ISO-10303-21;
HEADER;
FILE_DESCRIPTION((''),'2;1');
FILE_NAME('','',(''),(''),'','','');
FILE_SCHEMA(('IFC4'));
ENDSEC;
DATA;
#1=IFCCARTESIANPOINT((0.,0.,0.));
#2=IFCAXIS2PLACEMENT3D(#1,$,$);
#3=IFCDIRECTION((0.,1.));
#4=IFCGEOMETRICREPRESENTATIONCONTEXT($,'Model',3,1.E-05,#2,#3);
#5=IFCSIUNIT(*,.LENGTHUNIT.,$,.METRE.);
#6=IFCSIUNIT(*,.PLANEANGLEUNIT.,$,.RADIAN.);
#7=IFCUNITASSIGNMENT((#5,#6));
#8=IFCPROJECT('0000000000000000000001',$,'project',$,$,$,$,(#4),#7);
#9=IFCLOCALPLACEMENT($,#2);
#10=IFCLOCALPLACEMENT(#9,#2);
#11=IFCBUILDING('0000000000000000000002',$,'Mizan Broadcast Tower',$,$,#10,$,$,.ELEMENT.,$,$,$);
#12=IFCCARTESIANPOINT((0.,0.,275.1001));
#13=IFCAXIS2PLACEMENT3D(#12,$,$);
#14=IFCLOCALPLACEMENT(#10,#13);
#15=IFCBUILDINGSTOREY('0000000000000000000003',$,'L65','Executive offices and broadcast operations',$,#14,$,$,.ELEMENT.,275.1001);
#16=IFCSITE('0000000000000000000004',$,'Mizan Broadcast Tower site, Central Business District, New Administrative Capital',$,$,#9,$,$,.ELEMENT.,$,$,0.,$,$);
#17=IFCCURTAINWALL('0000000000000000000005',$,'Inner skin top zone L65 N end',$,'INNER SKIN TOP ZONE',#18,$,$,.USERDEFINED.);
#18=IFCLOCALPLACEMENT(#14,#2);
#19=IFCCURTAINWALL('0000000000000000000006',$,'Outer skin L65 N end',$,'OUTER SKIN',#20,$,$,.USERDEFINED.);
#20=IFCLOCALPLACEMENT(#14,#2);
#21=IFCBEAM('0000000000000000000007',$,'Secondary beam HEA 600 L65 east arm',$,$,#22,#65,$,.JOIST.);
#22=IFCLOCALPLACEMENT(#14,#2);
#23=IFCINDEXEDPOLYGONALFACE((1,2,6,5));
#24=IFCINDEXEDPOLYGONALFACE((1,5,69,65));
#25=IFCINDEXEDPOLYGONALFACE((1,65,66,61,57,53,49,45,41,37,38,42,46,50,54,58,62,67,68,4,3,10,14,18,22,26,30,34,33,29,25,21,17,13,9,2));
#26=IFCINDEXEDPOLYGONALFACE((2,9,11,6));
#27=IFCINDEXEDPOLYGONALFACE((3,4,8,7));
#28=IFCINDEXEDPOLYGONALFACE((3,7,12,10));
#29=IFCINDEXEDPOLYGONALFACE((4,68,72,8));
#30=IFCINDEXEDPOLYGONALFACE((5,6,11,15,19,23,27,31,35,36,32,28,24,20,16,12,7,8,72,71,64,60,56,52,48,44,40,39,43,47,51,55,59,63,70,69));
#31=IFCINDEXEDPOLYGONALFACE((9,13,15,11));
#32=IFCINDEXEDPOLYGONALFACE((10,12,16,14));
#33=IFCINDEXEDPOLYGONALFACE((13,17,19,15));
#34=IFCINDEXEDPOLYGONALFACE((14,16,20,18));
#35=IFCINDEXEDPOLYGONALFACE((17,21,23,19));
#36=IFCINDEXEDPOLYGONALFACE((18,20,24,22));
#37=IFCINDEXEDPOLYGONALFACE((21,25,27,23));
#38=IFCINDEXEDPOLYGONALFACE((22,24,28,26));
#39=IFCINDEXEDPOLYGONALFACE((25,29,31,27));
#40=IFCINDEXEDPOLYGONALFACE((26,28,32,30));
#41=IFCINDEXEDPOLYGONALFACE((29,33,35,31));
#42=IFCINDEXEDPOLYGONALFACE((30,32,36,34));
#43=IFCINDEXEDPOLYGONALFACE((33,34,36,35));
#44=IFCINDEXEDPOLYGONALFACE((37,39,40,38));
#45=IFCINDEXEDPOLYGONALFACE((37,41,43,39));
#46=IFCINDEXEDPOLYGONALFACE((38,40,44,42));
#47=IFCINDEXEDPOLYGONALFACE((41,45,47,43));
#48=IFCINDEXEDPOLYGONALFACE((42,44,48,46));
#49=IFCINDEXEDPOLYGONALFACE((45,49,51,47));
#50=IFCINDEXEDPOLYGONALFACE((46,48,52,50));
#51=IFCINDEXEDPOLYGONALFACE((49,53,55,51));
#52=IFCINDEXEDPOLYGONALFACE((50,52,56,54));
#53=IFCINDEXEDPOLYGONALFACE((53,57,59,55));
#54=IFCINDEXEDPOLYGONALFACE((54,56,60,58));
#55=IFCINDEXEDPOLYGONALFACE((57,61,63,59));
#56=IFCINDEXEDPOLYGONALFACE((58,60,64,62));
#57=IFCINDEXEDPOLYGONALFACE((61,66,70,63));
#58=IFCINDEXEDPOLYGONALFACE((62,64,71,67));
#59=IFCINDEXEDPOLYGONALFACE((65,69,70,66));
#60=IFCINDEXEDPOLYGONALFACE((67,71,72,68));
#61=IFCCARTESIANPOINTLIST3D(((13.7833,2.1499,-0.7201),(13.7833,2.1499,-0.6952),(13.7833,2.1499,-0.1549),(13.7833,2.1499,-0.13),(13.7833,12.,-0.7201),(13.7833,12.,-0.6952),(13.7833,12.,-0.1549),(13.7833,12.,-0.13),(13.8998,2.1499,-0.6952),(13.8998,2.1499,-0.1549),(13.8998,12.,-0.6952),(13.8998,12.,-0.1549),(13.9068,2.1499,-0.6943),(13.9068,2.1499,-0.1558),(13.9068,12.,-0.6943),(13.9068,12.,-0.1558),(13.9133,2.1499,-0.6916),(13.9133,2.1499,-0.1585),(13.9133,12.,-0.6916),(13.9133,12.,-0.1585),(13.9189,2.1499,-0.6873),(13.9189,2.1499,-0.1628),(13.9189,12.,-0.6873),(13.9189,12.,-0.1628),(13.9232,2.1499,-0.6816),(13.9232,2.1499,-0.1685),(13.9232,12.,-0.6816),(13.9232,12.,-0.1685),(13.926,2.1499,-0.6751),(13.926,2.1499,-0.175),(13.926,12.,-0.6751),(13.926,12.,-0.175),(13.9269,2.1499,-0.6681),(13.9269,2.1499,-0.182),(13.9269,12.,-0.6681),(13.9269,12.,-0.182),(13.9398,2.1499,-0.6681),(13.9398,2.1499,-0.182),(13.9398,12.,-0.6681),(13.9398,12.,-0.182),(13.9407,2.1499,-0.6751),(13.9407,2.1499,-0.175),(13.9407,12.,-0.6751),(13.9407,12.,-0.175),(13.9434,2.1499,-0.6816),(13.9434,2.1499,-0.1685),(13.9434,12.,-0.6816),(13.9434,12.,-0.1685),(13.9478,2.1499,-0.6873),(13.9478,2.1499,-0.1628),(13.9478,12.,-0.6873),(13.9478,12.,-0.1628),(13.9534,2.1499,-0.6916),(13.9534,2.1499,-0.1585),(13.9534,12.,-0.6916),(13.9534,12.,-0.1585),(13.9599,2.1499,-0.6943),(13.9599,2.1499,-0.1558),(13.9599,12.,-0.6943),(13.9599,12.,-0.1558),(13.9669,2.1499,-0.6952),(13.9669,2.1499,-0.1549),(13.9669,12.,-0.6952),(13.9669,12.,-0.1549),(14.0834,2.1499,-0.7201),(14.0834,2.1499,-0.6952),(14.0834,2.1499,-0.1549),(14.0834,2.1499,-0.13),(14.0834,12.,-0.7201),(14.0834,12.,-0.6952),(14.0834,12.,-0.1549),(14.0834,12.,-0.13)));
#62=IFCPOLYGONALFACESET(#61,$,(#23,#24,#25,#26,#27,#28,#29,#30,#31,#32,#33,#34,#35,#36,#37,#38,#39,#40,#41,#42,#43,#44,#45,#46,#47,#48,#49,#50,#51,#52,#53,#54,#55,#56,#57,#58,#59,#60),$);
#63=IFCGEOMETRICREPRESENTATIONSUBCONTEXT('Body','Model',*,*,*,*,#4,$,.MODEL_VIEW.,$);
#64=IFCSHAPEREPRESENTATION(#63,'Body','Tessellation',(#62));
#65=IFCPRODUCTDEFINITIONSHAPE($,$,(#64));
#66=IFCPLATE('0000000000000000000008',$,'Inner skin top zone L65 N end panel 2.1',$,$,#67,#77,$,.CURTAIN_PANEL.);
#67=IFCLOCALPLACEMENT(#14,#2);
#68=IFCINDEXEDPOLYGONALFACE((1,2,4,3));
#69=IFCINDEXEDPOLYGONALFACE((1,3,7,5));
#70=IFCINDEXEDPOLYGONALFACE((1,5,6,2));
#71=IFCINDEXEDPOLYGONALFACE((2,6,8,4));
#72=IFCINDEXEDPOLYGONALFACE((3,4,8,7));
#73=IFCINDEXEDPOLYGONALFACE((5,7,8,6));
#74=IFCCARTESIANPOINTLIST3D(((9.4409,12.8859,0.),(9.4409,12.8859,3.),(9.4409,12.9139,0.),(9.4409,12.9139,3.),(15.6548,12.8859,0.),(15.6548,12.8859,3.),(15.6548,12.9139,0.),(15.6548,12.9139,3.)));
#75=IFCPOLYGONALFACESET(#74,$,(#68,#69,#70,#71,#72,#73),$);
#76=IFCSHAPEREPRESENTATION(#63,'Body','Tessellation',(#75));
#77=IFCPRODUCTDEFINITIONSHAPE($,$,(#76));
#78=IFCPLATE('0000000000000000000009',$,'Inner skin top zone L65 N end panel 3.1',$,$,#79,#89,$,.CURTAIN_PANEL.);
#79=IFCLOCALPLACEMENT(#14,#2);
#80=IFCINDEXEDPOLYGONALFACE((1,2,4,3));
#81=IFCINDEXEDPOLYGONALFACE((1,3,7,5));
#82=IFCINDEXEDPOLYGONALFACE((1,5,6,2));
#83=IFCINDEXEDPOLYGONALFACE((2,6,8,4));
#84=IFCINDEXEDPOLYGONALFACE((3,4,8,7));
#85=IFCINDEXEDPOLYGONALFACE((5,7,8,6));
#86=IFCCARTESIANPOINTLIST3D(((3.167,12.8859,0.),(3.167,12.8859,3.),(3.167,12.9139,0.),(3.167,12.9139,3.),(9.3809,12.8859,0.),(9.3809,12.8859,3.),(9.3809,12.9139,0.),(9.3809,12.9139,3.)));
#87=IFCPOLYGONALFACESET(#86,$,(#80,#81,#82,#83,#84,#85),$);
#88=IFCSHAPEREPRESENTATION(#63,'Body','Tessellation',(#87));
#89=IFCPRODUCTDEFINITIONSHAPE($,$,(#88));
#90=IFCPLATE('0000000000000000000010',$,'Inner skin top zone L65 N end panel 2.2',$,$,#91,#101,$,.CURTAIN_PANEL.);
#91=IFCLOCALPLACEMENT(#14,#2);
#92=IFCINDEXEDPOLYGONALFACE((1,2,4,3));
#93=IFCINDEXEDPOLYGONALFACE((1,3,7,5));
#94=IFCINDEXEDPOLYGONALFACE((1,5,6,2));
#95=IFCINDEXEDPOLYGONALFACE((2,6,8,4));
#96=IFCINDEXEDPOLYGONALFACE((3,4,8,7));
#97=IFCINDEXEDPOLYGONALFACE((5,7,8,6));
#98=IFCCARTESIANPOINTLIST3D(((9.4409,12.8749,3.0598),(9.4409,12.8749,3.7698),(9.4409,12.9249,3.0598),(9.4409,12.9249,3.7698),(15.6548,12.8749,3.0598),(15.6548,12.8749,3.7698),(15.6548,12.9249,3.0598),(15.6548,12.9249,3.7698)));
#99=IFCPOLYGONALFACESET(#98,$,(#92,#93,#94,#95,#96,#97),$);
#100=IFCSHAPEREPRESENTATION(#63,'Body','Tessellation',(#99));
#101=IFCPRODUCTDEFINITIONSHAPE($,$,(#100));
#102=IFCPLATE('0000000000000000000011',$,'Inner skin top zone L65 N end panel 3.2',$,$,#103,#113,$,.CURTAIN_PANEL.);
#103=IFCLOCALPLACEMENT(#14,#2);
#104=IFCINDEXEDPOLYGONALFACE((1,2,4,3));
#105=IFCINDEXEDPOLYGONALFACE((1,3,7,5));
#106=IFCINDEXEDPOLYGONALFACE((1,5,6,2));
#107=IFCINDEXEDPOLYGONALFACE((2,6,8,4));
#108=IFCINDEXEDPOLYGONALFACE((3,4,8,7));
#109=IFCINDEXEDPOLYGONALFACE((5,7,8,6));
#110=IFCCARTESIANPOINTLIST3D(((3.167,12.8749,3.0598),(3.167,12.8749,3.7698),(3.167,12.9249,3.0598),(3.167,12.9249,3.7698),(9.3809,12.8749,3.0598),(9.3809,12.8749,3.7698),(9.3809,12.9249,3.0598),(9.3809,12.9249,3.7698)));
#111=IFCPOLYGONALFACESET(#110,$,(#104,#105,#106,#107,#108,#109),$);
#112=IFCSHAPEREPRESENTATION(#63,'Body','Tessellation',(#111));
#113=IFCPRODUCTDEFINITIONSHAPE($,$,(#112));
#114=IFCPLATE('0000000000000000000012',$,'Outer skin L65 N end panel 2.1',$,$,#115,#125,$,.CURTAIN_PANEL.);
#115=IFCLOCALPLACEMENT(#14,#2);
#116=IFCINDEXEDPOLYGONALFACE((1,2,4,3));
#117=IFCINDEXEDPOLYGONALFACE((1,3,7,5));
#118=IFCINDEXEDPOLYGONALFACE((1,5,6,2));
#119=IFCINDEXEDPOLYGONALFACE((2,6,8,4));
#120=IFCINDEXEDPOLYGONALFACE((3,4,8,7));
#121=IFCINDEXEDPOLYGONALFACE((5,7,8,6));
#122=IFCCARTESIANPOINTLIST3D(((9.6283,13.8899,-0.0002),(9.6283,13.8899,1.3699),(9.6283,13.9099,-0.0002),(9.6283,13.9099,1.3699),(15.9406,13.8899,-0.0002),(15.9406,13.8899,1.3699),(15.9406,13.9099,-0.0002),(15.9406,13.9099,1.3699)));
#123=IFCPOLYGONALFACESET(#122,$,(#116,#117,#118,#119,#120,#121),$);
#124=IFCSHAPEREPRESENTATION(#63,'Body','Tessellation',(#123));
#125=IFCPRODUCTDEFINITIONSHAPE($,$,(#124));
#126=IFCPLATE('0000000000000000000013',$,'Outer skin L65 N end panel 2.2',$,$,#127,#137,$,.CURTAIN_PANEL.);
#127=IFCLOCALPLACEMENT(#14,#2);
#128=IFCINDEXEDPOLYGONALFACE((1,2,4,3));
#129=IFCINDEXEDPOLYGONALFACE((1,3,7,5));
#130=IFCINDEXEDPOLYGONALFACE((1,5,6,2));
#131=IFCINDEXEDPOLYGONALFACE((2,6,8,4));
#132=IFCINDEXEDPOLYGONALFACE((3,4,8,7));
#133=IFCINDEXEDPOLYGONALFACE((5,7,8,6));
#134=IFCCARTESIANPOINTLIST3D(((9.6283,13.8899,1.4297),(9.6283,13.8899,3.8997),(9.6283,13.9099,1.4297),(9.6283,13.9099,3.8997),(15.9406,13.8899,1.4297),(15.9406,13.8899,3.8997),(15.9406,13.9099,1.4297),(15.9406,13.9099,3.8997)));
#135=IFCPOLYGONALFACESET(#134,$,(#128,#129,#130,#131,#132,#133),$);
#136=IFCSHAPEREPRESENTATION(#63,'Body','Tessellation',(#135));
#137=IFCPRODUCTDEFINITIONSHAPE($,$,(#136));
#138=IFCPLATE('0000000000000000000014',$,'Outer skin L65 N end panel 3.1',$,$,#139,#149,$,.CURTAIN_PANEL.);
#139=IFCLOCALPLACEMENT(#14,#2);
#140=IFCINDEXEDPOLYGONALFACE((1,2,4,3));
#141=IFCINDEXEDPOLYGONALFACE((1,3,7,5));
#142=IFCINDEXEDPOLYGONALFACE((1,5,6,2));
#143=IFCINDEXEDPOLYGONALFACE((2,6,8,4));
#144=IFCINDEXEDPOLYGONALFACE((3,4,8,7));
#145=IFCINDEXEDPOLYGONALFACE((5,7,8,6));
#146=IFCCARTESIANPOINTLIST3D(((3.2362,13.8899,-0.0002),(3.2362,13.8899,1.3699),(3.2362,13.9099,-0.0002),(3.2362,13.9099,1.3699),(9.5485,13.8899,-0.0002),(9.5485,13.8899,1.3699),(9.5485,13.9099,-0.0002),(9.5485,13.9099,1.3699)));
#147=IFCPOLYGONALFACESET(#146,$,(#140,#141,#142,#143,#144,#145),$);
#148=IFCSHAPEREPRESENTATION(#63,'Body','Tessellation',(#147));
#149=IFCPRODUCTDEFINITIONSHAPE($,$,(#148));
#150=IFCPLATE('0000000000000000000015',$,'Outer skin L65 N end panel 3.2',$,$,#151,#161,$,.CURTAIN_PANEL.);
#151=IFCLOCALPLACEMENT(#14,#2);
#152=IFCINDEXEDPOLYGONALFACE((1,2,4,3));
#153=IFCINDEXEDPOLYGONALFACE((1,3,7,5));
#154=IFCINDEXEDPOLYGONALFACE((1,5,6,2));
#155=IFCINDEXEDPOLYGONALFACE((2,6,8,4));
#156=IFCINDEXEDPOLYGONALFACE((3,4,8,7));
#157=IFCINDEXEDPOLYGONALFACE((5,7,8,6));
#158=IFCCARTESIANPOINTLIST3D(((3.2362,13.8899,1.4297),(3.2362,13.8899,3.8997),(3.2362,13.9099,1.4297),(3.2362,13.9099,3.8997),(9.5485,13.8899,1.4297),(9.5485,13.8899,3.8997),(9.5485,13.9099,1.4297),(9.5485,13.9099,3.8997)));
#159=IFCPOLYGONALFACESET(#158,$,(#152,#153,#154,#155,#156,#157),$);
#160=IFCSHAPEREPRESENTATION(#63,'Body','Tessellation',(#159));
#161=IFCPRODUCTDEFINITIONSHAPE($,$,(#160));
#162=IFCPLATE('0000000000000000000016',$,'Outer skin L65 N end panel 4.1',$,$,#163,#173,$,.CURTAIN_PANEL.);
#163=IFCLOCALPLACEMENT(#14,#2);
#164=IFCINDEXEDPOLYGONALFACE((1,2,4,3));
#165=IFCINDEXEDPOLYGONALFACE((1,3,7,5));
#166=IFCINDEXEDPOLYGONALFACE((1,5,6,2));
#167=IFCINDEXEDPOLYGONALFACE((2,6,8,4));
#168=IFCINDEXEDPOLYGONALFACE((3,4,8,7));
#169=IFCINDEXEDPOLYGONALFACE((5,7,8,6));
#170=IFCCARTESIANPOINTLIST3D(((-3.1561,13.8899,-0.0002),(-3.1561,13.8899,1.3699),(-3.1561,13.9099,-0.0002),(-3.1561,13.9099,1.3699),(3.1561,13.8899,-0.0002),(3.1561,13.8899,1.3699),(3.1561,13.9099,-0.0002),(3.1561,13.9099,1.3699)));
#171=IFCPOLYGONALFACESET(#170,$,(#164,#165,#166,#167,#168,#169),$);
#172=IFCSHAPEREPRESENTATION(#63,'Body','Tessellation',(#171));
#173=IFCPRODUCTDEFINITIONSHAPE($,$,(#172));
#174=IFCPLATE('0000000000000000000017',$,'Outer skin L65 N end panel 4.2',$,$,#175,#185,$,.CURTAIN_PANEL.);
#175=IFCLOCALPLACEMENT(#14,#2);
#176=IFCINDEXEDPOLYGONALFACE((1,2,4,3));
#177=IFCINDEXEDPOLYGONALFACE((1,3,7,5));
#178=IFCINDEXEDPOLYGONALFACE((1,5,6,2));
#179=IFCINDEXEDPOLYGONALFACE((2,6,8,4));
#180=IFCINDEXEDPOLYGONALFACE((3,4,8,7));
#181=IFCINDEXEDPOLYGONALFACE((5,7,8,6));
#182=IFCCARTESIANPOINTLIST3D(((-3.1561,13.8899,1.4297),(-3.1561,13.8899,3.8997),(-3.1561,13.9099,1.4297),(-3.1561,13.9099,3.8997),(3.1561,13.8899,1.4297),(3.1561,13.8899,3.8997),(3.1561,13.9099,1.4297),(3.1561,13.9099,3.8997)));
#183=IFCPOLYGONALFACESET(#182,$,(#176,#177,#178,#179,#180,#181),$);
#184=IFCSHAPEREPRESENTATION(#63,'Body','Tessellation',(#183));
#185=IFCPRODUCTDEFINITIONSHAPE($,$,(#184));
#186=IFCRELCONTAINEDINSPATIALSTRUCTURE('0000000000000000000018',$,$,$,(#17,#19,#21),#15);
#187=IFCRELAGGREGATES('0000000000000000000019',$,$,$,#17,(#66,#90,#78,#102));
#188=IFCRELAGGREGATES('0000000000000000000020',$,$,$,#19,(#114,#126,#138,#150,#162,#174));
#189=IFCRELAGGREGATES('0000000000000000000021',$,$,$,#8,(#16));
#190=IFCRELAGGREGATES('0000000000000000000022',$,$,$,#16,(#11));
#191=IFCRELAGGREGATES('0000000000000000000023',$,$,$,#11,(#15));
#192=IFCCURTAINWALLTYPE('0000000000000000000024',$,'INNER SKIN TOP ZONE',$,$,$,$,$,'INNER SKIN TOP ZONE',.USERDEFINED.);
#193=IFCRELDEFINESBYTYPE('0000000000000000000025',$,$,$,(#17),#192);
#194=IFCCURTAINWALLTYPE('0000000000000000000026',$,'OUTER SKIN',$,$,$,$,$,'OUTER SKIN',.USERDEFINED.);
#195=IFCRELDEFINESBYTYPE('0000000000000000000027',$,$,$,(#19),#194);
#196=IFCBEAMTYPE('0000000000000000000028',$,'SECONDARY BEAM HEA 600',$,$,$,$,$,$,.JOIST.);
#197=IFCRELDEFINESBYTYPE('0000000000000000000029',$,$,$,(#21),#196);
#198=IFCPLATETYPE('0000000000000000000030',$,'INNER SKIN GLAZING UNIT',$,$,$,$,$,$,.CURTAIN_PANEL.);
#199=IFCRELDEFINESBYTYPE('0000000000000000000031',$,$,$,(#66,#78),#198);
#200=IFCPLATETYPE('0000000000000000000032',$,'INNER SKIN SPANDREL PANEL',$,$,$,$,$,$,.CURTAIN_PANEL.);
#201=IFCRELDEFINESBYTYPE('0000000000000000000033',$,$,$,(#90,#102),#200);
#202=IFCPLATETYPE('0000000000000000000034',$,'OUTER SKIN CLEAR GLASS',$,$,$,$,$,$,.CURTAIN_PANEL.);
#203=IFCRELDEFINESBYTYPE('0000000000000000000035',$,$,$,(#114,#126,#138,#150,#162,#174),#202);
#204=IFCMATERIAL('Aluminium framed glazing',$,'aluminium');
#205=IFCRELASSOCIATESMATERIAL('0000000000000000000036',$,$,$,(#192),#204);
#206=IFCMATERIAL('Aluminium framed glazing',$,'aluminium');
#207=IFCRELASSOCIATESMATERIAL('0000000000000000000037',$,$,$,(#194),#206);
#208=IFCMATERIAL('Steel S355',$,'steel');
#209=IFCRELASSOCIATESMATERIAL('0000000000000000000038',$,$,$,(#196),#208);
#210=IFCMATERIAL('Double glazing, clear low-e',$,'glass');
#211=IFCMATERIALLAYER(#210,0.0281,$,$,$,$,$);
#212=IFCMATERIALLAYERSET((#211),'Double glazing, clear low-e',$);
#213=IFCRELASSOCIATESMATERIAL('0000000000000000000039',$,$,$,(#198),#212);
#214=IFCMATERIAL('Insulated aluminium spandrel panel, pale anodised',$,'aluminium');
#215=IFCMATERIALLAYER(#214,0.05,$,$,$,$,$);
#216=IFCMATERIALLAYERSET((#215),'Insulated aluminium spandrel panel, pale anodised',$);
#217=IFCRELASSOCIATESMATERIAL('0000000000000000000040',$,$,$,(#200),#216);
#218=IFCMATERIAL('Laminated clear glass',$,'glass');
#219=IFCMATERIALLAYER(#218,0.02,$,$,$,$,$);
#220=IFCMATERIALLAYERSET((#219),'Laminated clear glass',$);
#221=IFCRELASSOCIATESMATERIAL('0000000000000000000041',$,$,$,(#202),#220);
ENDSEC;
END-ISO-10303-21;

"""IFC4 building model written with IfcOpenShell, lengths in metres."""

from ifc_helpers import new_model, si_unit, direction, frame, origin, origin_2d, place, context, subcontext, project, spatial, rectangle, i_section, extrude, material, layer, layer_set, material_profile, profile_set, type_object, element, aggregate, save


model = new_model("IFC4")

# Units and contexts
model_context = context("Model", 3, precision=1e-05, world=origin(), true_north=direction((0.0, 1.0)))
body_context = subcontext(model_context, "Body", "Model", "MODEL_VIEW")
ifc_project = project(units=[si_unit("LENGTHUNIT", "METRE"), si_unit("PLANEANGLEUNIT", "RADIAN")], contexts=[model_context])

# Site, building, storey
site_placement = place(None, origin())
site = spatial("IfcSite", under=ifc_project, at=site_placement, Name="Mizan Broadcast Tower site, Central Business District, New Administrative Capital", CompositionType="ELEMENT", RefElevation=0.0)
building_placement = place(site_placement, origin())
building = spatial("IfcBuilding", under=site, at=building_placement, Name="Mizan Broadcast Tower", CompositionType="ELEMENT")
storey_placement = place(building_placement, frame((0.0, 0.0, 275.1001)))
storey = spatial("IfcBuildingStorey", under=building, at=storey_placement, Name="L65", Description="Executive offices and broadcast operations", CompositionType="ELEMENT", Elevation=275.1001)

# Curtain walls
ifc_material_1 = material(Name="Aluminium framed glazing", Category="aluminium")
curtain_wall_type_1 = type_object("IfcCurtainWallType", Name="INNER SKIN TOP ZONE", ElementType="INNER SKIN TOP ZONE", PredefinedType="USERDEFINED", material=ifc_material_1)
curtain_wall_1_placement = place(storey_placement, origin())
curtain_wall_1 = element("IfcCurtainWall", 1, at=curtain_wall_1_placement, inside=storey, type_object=curtain_wall_type_1, Name="Inner skin top zone L65 N end", ObjectType="INNER SKIN TOP ZONE", PredefinedType="USERDEFINED")
ifc_material_2 = material(Name="Aluminium framed glazing", Category="aluminium")
curtain_wall_type_2 = type_object("IfcCurtainWallType", Name="OUTER SKIN", ElementType="OUTER SKIN", PredefinedType="USERDEFINED", material=ifc_material_2)
curtain_wall_2_placement = place(storey_placement, origin())
curtain_wall_2 = element("IfcCurtainWall", 2, at=curtain_wall_2_placement, inside=storey, type_object=curtain_wall_type_2, Name="Outer skin L65 N end", ObjectType="OUTER SKIN", PredefinedType="USERDEFINED")

# Beam
ifc_material_3 = material(Name="Steel S355", Category="steel")
ifc_material_profile_1 = material_profile(ifc_material_3, i_section(OverallWidth=0.3, OverallDepth=0.5901, WebThickness=0.0129, FlangeThickness=0.0249, FilletRadius=0.0271, at=origin_2d()), Name="HEA 600")
ifc_profile_set_1 = profile_set([ifc_material_profile_1], Name="Steel S355")
beam_type_1 = type_object("IfcBeamType", Name="SECONDARY BEAM HEA 600", PredefinedType="JOIST", material=ifc_profile_set_1)
beam_1_placement = place(storey_placement, frame((13.9333, 12.0, -0.425), z_axis=(0.0, -1.0, 0.0), x_axis=(1.0, 0.0, 0.0)))
element("IfcBeam", 3, at=beam_1_placement, inside=storey, type_object=beam_type_1, Name="Secondary beam HEA 600 L65 east arm", PredefinedType="JOIST", context=body_context, shape_type="SweptSolid", body=[
    extrude(i_section(OverallWidth=0.3, OverallDepth=0.5901, WebThickness=0.0129, FlangeThickness=0.0249, FilletRadius=0.0271, at=origin_2d()), origin(), (0.0, 0.0, 1.0), 9.8501),
])

# Plates
ifc_material_4 = material(Name="Double glazing, clear low-e", Category="glass")
ifc_layer_1 = layer(ifc_material_4, 0.0281)
ifc_layer_set_1 = layer_set([ifc_layer_1], Name="Double glazing, clear low-e")
plate_type_1 = type_object("IfcPlateType", Name="INNER SKIN GLAZING UNIT", PredefinedType="CURTAIN_PANEL", material=ifc_layer_set_1)
plate_1_placement = place(storey_placement, frame((12.5479, 12.8999, 0.0), z_axis=(0.0, 0.0, 1.0), x_axis=(-1.0, 0.0, 0.0)))
plate_1 = element("IfcPlate", 4, at=plate_1_placement, type_object=plate_type_1, Name="Inner skin top zone L65 N end panel 2.1", PredefinedType="CURTAIN_PANEL", context=body_context, shape_type="SweptSolid", body=[
    extrude(rectangle(XDim=6.2139, YDim=0.0281, at=origin_2d()), origin(), (0.0, 0.0, 1.0), 3.0),
])
plate_2_placement = place(storey_placement, frame((6.2739, 12.8999, 0.0), z_axis=(0.0, 0.0, 1.0), x_axis=(-1.0, 0.0, 0.0)))
plate_2 = element("IfcPlate", 5, at=plate_2_placement, type_object=plate_type_1, Name="Inner skin top zone L65 N end panel 3.1", PredefinedType="CURTAIN_PANEL", context=body_context, shape_type="SweptSolid", body=[
    extrude(rectangle(XDim=6.2139, YDim=0.0281, at=origin_2d()), origin(), (0.0, 0.0, 1.0), 3.0),
])
ifc_material_5 = material(Name="Insulated aluminium spandrel panel, pale anodised", Category="aluminium")
ifc_layer_2 = layer(ifc_material_5, 0.05)
ifc_layer_set_2 = layer_set([ifc_layer_2], Name="Insulated aluminium spandrel panel, pale anodised")
plate_type_2 = type_object("IfcPlateType", Name="INNER SKIN SPANDREL PANEL", PredefinedType="CURTAIN_PANEL", material=ifc_layer_set_2)
plate_3_placement = place(storey_placement, frame((12.5479, 12.8999, 3.0598), z_axis=(0.0, 0.0, 1.0), x_axis=(-1.0, 0.0, 0.0)))
plate_3 = element("IfcPlate", 6, at=plate_3_placement, type_object=plate_type_2, Name="Inner skin top zone L65 N end panel 2.2", PredefinedType="CURTAIN_PANEL", context=body_context, shape_type="SweptSolid", body=[
    extrude(rectangle(XDim=6.2139, YDim=0.05, at=origin_2d()), origin(), (0.0, 0.0, 1.0), 0.71),
])
plate_4_placement = place(storey_placement, frame((6.2739, 12.8999, 3.0598), z_axis=(0.0, 0.0, 1.0), x_axis=(-1.0, 0.0, 0.0)))
plate_4 = element("IfcPlate", 7, at=plate_4_placement, type_object=plate_type_2, Name="Inner skin top zone L65 N end panel 3.2", PredefinedType="CURTAIN_PANEL", context=body_context, shape_type="SweptSolid", body=[
    extrude(rectangle(XDim=6.2139, YDim=0.05, at=origin_2d()), origin(), (0.0, 0.0, 1.0), 0.71),
])
aggregate(curtain_wall_1, [plate_1, plate_3, plate_2, plate_4])
ifc_material_6 = material(Name="Laminated clear glass", Category="glass")
ifc_layer_3 = layer(ifc_material_6, 0.02)
ifc_layer_set_3 = layer_set([ifc_layer_3], Name="Laminated clear glass")
plate_type_3 = type_object("IfcPlateType", Name="OUTER SKIN CLEAR GLASS", PredefinedType="CURTAIN_PANEL", material=ifc_layer_set_3)
plate_5_placement = place(storey_placement, frame((12.7844, 13.8999, -0.0002), z_axis=(0.0, 0.0, 1.0), x_axis=(-1.0, 0.0, 0.0)))
plate_5 = element("IfcPlate", 8, at=plate_5_placement, type_object=plate_type_3, Name="Outer skin L65 N end panel 2.1", PredefinedType="CURTAIN_PANEL", context=body_context, shape_type="SweptSolid", body=[
    extrude(rectangle(XDim=6.3123, YDim=0.02, at=origin_2d()), origin(), (0.0, 0.0, 1.0), 1.3701),
])
plate_6_placement = place(storey_placement, frame((12.7844, 13.8999, 1.4297), z_axis=(0.0, 0.0, 1.0), x_axis=(-1.0, 0.0, 0.0)))
plate_6 = element("IfcPlate", 9, at=plate_6_placement, type_object=plate_type_3, Name="Outer skin L65 N end panel 2.2", PredefinedType="CURTAIN_PANEL", context=body_context, shape_type="SweptSolid", body=[
    extrude(rectangle(XDim=6.3123, YDim=0.02, at=origin_2d()), origin(), (0.0, 0.0, 1.0), 2.47),
])
plate_7_placement = place(storey_placement, frame((6.3923, 13.8999, -0.0002), z_axis=(0.0, 0.0, 1.0), x_axis=(-1.0, 0.0, 0.0)))
plate_7 = element("IfcPlate", 10, at=plate_7_placement, type_object=plate_type_3, Name="Outer skin L65 N end panel 3.1", PredefinedType="CURTAIN_PANEL", context=body_context, shape_type="SweptSolid", body=[
    extrude(rectangle(XDim=6.3123, YDim=0.02, at=origin_2d()), origin(), (0.0, 0.0, 1.0), 1.3701),
])
plate_8_placement = place(storey_placement, frame((6.3923, 13.8999, 1.4297), z_axis=(0.0, 0.0, 1.0), x_axis=(-1.0, 0.0, 0.0)))
plate_8 = element("IfcPlate", 11, at=plate_8_placement, type_object=plate_type_3, Name="Outer skin L65 N end panel 3.2", PredefinedType="CURTAIN_PANEL", context=body_context, shape_type="SweptSolid", body=[
    extrude(rectangle(XDim=6.3123, YDim=0.02, at=origin_2d()), origin(), (0.0, 0.0, 1.0), 2.47),
])
plate_9_placement = place(storey_placement, frame((0.0, 13.8999, -0.0002), z_axis=(0.0, 0.0, 1.0), x_axis=(-1.0, 0.0, 0.0)))
plate_9 = element("IfcPlate", 12, at=plate_9_placement, type_object=plate_type_3, Name="Outer skin L65 N end panel 4.1", PredefinedType="CURTAIN_PANEL", context=body_context, shape_type="SweptSolid", body=[
    extrude(rectangle(XDim=6.3123, YDim=0.02, at=origin_2d()), origin(), (0.0, 0.0, 1.0), 1.3701),
])
plate_10_placement = place(storey_placement, frame((0.0, 13.8999, 1.4297), z_axis=(0.0, 0.0, 1.0), x_axis=(-1.0, 0.0, 0.0)))
plate_10 = element("IfcPlate", 13, at=plate_10_placement, type_object=plate_type_3, Name="Outer skin L65 N end panel 4.2", PredefinedType="CURTAIN_PANEL", context=body_context, shape_type="SweptSolid", body=[
    extrude(rectangle(XDim=6.3123, YDim=0.02, at=origin_2d()), origin(), (0.0, 0.0, 1.0), 2.47),
])
aggregate(curtain_wall_2, [plate_5, plate_6, plate_7, plate_8, plate_9, plate_10])

save(model, "model.ifc")
